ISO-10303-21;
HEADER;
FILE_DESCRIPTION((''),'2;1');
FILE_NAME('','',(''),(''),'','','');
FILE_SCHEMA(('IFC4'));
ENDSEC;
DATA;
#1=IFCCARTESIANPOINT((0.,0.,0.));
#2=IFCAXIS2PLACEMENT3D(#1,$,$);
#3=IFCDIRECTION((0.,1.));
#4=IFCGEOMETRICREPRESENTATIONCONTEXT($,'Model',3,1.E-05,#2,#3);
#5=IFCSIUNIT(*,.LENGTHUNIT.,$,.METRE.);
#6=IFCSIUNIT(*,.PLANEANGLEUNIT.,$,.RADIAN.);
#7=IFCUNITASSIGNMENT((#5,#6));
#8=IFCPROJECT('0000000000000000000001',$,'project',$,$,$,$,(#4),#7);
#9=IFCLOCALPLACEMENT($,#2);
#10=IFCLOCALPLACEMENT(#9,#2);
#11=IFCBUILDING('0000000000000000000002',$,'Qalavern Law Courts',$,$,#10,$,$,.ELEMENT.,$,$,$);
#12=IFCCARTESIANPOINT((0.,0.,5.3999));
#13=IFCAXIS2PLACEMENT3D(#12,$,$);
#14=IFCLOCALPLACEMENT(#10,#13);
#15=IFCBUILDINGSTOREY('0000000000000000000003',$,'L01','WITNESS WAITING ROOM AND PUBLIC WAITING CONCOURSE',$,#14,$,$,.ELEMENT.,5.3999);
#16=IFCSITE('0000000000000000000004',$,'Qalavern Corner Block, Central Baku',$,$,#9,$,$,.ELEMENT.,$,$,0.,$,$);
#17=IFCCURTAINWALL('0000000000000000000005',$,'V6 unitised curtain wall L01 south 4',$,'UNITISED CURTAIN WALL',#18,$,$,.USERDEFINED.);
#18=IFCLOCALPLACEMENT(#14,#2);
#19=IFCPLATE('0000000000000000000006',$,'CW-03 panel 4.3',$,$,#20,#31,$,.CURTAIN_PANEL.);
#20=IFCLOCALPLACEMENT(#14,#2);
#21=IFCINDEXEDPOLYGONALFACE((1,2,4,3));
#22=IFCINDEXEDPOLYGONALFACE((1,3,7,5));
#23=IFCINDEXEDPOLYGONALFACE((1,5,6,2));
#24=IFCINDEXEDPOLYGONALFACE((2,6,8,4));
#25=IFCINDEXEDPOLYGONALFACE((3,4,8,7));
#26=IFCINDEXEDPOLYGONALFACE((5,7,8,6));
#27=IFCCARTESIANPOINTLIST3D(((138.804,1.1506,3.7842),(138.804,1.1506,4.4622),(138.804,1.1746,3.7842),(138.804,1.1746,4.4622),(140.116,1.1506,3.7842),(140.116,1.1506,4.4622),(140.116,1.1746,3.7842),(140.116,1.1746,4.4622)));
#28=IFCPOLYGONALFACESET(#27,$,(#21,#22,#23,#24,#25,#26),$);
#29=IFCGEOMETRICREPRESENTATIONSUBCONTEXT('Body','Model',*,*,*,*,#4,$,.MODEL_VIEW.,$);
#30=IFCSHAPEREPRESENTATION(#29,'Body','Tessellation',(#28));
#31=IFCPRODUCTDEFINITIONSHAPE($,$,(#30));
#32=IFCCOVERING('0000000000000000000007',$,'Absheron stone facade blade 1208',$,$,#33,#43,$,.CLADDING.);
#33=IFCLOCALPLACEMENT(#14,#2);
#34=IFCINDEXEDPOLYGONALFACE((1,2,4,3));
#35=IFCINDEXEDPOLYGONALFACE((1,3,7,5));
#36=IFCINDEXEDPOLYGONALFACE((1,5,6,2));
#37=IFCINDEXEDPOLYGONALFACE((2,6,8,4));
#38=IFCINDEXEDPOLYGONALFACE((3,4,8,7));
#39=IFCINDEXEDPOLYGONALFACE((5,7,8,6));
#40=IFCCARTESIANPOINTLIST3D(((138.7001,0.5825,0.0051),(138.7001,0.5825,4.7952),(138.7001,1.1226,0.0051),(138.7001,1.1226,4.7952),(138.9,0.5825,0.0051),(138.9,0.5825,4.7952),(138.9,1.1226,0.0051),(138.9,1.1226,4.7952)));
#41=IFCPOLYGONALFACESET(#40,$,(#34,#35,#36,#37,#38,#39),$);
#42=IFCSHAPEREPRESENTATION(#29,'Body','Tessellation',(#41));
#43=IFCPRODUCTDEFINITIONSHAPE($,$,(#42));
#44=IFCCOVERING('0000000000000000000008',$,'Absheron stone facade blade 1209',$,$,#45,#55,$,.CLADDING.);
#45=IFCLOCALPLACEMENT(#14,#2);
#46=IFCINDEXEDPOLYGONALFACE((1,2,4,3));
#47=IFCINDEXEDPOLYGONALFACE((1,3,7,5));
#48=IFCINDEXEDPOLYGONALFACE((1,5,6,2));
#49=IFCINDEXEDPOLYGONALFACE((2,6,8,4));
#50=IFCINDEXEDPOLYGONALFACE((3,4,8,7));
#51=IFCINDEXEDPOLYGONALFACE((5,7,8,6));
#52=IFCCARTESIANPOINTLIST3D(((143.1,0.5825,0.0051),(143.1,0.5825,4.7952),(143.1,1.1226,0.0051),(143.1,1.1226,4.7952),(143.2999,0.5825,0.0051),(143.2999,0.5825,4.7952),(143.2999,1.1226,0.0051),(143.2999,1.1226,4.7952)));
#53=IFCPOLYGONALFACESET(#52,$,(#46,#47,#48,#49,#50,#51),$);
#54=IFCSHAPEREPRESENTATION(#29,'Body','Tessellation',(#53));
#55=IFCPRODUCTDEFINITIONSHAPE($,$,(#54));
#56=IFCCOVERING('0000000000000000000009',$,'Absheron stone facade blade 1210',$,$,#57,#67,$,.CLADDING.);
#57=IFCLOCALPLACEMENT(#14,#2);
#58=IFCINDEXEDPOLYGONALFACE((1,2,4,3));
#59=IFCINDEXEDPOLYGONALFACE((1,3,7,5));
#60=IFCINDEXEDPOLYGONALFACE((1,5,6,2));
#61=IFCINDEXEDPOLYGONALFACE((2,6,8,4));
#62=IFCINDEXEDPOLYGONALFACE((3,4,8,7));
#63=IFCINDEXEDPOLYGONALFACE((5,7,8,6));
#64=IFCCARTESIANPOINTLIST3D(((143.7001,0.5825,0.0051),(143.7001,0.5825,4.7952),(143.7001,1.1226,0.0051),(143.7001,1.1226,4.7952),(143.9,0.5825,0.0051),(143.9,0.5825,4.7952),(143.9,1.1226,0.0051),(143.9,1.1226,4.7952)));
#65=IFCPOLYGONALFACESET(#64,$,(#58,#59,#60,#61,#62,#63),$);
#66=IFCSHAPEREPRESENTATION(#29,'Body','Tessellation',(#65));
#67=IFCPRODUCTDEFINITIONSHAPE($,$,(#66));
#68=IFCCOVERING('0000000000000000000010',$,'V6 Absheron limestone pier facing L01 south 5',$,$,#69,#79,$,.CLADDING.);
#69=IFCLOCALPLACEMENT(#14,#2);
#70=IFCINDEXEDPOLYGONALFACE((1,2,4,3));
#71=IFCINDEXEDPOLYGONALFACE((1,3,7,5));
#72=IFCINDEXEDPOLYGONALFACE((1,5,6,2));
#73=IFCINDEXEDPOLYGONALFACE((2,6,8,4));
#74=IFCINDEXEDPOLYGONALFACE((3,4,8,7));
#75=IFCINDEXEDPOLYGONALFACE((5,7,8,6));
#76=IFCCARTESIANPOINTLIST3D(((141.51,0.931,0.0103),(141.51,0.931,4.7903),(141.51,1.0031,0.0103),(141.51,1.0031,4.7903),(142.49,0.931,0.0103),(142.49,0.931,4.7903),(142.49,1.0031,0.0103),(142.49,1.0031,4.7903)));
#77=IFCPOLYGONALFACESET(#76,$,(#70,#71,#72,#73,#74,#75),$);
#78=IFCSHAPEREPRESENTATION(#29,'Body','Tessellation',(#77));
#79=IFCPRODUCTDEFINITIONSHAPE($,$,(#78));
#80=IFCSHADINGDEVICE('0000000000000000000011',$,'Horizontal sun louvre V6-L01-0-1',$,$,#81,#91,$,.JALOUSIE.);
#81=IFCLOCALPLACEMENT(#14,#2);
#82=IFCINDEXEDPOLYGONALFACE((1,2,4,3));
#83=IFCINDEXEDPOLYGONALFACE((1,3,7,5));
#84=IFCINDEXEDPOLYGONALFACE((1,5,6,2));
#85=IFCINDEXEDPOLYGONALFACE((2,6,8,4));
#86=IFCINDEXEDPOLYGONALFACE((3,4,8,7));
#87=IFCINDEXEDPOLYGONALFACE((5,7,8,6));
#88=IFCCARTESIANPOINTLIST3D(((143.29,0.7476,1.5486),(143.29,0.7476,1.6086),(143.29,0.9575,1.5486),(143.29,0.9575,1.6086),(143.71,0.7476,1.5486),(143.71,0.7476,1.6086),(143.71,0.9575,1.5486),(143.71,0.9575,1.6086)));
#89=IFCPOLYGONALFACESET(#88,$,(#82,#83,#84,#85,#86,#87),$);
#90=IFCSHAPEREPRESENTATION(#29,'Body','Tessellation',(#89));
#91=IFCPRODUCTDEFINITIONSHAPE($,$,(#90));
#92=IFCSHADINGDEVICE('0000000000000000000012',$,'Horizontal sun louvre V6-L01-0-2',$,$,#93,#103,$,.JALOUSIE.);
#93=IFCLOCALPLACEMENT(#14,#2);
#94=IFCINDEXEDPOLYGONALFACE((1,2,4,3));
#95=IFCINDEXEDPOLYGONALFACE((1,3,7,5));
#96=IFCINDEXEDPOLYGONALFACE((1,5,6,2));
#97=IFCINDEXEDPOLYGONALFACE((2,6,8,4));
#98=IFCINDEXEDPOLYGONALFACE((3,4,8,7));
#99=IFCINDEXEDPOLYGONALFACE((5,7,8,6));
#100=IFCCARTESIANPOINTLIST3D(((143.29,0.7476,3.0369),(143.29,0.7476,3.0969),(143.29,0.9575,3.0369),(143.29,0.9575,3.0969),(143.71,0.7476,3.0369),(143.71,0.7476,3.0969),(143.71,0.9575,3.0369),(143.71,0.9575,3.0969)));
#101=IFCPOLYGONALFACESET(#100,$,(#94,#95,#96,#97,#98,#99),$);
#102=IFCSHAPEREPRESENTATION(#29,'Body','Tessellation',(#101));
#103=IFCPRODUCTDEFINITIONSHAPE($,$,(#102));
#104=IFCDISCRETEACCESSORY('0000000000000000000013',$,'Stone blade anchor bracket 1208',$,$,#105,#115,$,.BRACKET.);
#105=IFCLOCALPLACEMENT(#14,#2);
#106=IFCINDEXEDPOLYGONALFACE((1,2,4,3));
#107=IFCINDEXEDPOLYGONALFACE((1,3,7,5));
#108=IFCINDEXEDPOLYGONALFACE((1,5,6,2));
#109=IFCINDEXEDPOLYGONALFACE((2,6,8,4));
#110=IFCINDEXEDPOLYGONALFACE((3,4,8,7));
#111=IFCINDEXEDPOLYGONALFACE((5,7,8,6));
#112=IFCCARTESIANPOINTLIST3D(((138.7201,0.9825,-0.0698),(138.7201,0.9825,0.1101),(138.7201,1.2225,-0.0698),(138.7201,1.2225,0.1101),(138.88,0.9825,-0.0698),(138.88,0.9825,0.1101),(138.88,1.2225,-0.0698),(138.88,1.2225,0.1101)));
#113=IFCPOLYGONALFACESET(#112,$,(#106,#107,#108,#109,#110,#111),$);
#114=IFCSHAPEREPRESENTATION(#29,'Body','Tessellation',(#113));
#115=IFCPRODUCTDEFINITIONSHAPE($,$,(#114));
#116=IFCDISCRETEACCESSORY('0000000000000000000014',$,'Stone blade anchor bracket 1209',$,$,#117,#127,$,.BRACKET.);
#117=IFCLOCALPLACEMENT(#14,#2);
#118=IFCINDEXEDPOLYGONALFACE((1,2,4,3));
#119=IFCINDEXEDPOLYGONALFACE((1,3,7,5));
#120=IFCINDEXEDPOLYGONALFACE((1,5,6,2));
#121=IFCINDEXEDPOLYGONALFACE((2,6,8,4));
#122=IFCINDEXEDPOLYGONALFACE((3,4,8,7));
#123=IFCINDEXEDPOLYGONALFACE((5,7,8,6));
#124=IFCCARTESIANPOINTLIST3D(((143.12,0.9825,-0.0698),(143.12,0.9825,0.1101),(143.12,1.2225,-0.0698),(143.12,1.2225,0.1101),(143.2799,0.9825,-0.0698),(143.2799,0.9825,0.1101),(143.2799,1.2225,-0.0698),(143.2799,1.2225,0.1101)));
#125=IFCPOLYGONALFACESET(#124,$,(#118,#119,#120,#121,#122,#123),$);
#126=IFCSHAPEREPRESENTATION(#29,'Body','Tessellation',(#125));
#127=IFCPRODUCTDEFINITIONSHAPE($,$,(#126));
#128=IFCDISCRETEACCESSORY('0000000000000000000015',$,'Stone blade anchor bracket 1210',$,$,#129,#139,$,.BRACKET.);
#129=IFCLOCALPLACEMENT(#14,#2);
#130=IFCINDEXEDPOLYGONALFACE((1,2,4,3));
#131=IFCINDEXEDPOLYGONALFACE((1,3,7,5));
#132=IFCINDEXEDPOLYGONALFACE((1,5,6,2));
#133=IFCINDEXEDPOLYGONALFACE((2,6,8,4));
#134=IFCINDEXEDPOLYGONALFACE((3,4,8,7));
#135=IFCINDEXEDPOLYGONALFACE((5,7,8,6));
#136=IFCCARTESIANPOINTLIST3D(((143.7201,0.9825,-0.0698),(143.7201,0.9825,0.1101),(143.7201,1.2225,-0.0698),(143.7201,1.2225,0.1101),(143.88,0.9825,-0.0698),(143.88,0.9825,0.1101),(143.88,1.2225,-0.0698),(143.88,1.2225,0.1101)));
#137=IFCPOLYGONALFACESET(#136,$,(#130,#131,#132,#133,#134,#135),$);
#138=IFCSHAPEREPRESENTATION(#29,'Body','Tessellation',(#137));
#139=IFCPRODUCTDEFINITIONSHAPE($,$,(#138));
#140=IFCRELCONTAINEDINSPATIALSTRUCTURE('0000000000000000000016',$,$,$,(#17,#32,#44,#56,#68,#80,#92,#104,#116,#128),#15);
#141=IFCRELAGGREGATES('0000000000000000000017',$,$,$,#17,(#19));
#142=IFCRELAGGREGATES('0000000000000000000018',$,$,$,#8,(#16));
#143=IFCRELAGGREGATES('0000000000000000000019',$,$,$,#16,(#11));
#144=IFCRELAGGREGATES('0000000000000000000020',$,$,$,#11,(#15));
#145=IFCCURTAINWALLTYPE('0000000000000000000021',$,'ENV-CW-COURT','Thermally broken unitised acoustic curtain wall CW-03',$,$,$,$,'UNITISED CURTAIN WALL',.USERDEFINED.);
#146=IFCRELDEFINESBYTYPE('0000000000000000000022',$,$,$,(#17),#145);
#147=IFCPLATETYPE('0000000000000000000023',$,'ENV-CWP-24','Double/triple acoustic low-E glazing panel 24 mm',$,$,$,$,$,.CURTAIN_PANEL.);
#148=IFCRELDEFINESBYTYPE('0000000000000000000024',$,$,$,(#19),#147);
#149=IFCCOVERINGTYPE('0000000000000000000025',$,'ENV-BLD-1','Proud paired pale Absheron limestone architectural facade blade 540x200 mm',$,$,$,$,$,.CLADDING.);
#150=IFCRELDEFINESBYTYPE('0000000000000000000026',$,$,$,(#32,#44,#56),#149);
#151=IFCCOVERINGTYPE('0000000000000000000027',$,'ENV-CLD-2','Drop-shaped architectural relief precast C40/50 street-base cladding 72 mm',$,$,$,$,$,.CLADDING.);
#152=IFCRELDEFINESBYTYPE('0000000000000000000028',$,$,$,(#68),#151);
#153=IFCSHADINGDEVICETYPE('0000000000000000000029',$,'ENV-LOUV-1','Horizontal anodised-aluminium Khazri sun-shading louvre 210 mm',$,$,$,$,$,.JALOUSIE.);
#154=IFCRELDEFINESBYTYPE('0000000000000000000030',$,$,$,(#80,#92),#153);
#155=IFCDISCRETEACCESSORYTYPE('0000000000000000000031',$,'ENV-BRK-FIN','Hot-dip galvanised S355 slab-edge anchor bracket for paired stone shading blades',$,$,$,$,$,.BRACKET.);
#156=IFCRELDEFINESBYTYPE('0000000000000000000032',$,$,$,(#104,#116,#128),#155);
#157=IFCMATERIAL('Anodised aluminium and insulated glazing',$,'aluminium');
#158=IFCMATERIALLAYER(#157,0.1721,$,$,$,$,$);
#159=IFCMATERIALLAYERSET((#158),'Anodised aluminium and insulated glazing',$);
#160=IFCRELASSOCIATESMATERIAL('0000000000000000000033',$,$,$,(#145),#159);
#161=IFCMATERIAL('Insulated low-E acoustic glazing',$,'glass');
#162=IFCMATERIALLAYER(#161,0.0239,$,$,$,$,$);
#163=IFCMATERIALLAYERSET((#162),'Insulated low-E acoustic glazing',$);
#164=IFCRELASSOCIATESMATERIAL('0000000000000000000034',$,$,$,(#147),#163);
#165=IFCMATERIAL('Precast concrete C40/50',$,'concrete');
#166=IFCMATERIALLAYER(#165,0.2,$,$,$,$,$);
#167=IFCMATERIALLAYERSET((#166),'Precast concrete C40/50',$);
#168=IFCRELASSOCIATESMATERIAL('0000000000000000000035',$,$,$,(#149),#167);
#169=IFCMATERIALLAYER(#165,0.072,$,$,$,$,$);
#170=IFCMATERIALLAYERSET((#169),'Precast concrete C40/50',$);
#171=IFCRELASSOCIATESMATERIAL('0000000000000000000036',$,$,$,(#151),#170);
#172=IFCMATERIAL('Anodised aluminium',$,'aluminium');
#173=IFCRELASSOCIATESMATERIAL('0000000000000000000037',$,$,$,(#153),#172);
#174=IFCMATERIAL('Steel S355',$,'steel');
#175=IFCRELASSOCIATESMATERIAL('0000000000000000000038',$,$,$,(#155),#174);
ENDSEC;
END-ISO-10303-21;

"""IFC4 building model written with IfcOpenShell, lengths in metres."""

from ifc_helpers import new_model, si_unit, direction, frame, origin, origin_2d, place, context, subcontext, project, spatial, rectangle, extrude, material, layer, layer_set, type_object, element, aggregate, save


model = new_model("IFC4")

# Units and contexts
model_context = context("Model", 3, precision=1e-05, world=origin(), true_north=direction((0.0, 1.0)))
body_context = subcontext(model_context, "Body", "Model", "MODEL_VIEW")
ifc_project = project(units=[si_unit("LENGTHUNIT", "METRE"), si_unit("PLANEANGLEUNIT", "RADIAN")], contexts=[model_context])

# Site, building, storey
site_placement = place(None, origin())
site = spatial("IfcSite", under=ifc_project, at=site_placement, Name="Qalavern Corner Block, Central Baku", CompositionType="ELEMENT", RefElevation=0.0)
building_placement = place(site_placement, origin())
building = spatial("IfcBuilding", under=site, at=building_placement, Name="Qalavern Law Courts", CompositionType="ELEMENT")
storey_placement = place(building_placement, frame((0.0, 0.0, 5.3999)))
storey = spatial("IfcBuildingStorey", under=building, at=storey_placement, Name="L01", Description="WITNESS WAITING ROOM AND PUBLIC WAITING CONCOURSE", CompositionType="ELEMENT", Elevation=5.3999)

# Curtain wall, plate
ifc_material_1 = material(Name="Anodised aluminium and insulated glazing", Category="aluminium")
ifc_layer_1 = layer(ifc_material_1, 0.1721)
ifc_layer_set_1 = layer_set([ifc_layer_1], Name="Anodised aluminium and insulated glazing")
curtain_wall_type = type_object("IfcCurtainWallType", Name="ENV-CW-COURT", Description="Thermally broken unitised acoustic curtain wall CW-03", ElementType="UNITISED CURTAIN WALL", PredefinedType="USERDEFINED", material=ifc_layer_set_1)
curtain_wall_placement = place(storey_placement, origin())
curtain_wall = element("IfcCurtainWall", 1, at=curtain_wall_placement, inside=storey, type_object=curtain_wall_type, Name="V6 unitised curtain wall L01 south 4", ObjectType="UNITISED CURTAIN WALL", PredefinedType="USERDEFINED")
ifc_material_2 = material(Name="Anodised aluminium", Category="aluminium")
ifc_material_3 = material(Name="Insulated low-E acoustic glazing", Category="glass")
ifc_layer_2 = layer(ifc_material_3, 0.0239)
ifc_layer_set_2 = layer_set([ifc_layer_2], Name="Insulated low-E acoustic glazing")
plate_type = type_object("IfcPlateType", Name="ENV-CWP-24", Description="Double/triple acoustic low-E glazing panel 24 mm", PredefinedType="CURTAIN_PANEL", material=ifc_layer_set_2)
plate_1_placement = place(storey_placement, frame((139.46, 1.1626, 3.7842), z_axis=(0.0, 0.0, 1.0), x_axis=(1.0, 0.0, 0.0)))
plate_1 = element("IfcPlate", 2, at=plate_1_placement, type_object=plate_type, Name="CW-03 panel 4.3", PredefinedType="CURTAIN_PANEL", context=body_context, shape_type="SweptSolid", body=[
    extrude(rectangle(XDim=1.312, YDim=0.0239, at=origin_2d()), origin(), (0.0, 0.0, 1.0), 0.678),
])
aggregate(curtain_wall, [plate_1])

# Coverings
ifc_material_4 = material(Name="Precast concrete C40/50", Category="concrete")
ifc_layer_3 = layer(ifc_material_4, 0.2)
ifc_layer_set_3 = layer_set([ifc_layer_3], Name="Precast concrete C40/50")
covering_type_1 = type_object("IfcCoveringType", Name="ENV-BLD-1", Description="Proud paired pale Absheron limestone architectural facade blade 540x200 mm", PredefinedType="CLADDING", material=ifc_layer_set_3)
for number, where, z_axis, x_axis, name in (
    (3, (138.8, 0.8525, 0.0051), (0.0, 0.0, 1.0), (0.0, -1.0, 0.0), "Absheron stone facade blade 1208"),
    (4, (143.2, 0.8525, 0.0051), (0.0, 0.0, 1.0), (0.0, -1.0, 0.0), "Absheron stone facade blade 1209"),
    (5, (143.8, 0.8525, 0.0051), (0.0, 0.0, 1.0), (0.0, -1.0, 0.0), "Absheron stone facade blade 1210"),
):
    element("IfcCovering", number, at=place(storey_placement, frame(where, z_axis=z_axis, x_axis=x_axis)), inside=storey, type_object=covering_type_1, Name=name, PredefinedType="CLADDING", context=body_context, shape_type="SweptSolid", body=[
        extrude(rectangle(XDim=0.54, YDim=0.2, at=origin_2d()), origin(), (0.0, 0.0, 1.0), 4.79),
    ])
ifc_layer_4 = layer(ifc_material_4, 0.072)
ifc_layer_set_4 = layer_set([ifc_layer_4], Name="Precast concrete C40/50")
covering_type_2 = type_object("IfcCoveringType", Name="ENV-CLD-2", Description="Drop-shaped architectural relief precast C40/50 street-base cladding 72 mm", PredefinedType="CLADDING", material=ifc_layer_set_4)
covering_placement = place(storey_placement, frame((142.0, 0.967, 0.0103), z_axis=(0.0, 0.0, 1.0), x_axis=(1.0, 0.0, 0.0)))
element("IfcCovering", 6, at=covering_placement, inside=storey, type_object=covering_type_2, Name="V6 Absheron limestone pier facing L01 south 5", PredefinedType="CLADDING", context=body_context, shape_type="SweptSolid", body=[
    extrude(rectangle(XDim=0.98, YDim=0.072, at=origin_2d()), origin(), (0.0, 0.0, 1.0), 4.78),
])

# Shading devices
shading_device_type = type_object("IfcShadingDeviceType", Name="ENV-LOUV-1", Description="Horizontal anodised-aluminium Khazri sun-shading louvre 210 mm", PredefinedType="JALOUSIE", material=ifc_material_2)
for number, where, z_axis, x_axis, name in (
    (7, (143.5, 0.8525, 1.5486), (0.0, 0.0, 1.0), (1.0, 0.0, 0.0), "Horizontal sun louvre V6-L01-0-1"),
    (8, (143.5, 0.8525, 3.0369), (0.0, 0.0, 1.0), (1.0, 0.0, 0.0), "Horizontal sun louvre V6-L01-0-2"),
):
    element("IfcShadingDevice", number, at=place(storey_placement, frame(where, z_axis=z_axis, x_axis=x_axis)), inside=storey, type_object=shading_device_type, Name=name, PredefinedType="JALOUSIE", context=body_context, shape_type="SweptSolid", body=[
        extrude(rectangle(XDim=0.4199, YDim=0.21, at=origin_2d()), origin(), (0.0, 0.0, 1.0), 0.0601),
    ])

# Discrete accessories
ifc_material_5 = material(Name="Steel S355", Category="steel")
discrete_accessory_type = type_object("IfcDiscreteAccessoryType", Name="ENV-BRK-FIN", Description="Hot-dip galvanised S355 slab-edge anchor bracket for paired stone shading blades", PredefinedType="BRACKET", material=ifc_material_5)
for number, where, z_axis, x_axis, name in (
    (9, (138.8, 1.1025, -0.0698), (0.0, 0.0, 1.0), (0.0, -1.0, 0.0), "Stone blade anchor bracket 1208"),
    (10, (143.2, 1.1025, -0.0698), (0.0, 0.0, 1.0), (0.0, -1.0, 0.0), "Stone blade anchor bracket 1209"),
    (11, (143.8, 1.1025, -0.0698), (0.0, 0.0, 1.0), (0.0, -1.0, 0.0), "Stone blade anchor bracket 1210"),
):
    element("IfcDiscreteAccessory", number, at=place(storey_placement, frame(where, z_axis=z_axis, x_axis=x_axis)), inside=storey, type_object=discrete_accessory_type, Name=name, PredefinedType="BRACKET", context=body_context, shape_type="SweptSolid", body=[
        extrude(rectangle(XDim=0.24, YDim=0.1599, at=origin_2d()), origin(), (0.0, 0.0, 1.0), 0.1799),
    ])

save(model, "model.ifc")
